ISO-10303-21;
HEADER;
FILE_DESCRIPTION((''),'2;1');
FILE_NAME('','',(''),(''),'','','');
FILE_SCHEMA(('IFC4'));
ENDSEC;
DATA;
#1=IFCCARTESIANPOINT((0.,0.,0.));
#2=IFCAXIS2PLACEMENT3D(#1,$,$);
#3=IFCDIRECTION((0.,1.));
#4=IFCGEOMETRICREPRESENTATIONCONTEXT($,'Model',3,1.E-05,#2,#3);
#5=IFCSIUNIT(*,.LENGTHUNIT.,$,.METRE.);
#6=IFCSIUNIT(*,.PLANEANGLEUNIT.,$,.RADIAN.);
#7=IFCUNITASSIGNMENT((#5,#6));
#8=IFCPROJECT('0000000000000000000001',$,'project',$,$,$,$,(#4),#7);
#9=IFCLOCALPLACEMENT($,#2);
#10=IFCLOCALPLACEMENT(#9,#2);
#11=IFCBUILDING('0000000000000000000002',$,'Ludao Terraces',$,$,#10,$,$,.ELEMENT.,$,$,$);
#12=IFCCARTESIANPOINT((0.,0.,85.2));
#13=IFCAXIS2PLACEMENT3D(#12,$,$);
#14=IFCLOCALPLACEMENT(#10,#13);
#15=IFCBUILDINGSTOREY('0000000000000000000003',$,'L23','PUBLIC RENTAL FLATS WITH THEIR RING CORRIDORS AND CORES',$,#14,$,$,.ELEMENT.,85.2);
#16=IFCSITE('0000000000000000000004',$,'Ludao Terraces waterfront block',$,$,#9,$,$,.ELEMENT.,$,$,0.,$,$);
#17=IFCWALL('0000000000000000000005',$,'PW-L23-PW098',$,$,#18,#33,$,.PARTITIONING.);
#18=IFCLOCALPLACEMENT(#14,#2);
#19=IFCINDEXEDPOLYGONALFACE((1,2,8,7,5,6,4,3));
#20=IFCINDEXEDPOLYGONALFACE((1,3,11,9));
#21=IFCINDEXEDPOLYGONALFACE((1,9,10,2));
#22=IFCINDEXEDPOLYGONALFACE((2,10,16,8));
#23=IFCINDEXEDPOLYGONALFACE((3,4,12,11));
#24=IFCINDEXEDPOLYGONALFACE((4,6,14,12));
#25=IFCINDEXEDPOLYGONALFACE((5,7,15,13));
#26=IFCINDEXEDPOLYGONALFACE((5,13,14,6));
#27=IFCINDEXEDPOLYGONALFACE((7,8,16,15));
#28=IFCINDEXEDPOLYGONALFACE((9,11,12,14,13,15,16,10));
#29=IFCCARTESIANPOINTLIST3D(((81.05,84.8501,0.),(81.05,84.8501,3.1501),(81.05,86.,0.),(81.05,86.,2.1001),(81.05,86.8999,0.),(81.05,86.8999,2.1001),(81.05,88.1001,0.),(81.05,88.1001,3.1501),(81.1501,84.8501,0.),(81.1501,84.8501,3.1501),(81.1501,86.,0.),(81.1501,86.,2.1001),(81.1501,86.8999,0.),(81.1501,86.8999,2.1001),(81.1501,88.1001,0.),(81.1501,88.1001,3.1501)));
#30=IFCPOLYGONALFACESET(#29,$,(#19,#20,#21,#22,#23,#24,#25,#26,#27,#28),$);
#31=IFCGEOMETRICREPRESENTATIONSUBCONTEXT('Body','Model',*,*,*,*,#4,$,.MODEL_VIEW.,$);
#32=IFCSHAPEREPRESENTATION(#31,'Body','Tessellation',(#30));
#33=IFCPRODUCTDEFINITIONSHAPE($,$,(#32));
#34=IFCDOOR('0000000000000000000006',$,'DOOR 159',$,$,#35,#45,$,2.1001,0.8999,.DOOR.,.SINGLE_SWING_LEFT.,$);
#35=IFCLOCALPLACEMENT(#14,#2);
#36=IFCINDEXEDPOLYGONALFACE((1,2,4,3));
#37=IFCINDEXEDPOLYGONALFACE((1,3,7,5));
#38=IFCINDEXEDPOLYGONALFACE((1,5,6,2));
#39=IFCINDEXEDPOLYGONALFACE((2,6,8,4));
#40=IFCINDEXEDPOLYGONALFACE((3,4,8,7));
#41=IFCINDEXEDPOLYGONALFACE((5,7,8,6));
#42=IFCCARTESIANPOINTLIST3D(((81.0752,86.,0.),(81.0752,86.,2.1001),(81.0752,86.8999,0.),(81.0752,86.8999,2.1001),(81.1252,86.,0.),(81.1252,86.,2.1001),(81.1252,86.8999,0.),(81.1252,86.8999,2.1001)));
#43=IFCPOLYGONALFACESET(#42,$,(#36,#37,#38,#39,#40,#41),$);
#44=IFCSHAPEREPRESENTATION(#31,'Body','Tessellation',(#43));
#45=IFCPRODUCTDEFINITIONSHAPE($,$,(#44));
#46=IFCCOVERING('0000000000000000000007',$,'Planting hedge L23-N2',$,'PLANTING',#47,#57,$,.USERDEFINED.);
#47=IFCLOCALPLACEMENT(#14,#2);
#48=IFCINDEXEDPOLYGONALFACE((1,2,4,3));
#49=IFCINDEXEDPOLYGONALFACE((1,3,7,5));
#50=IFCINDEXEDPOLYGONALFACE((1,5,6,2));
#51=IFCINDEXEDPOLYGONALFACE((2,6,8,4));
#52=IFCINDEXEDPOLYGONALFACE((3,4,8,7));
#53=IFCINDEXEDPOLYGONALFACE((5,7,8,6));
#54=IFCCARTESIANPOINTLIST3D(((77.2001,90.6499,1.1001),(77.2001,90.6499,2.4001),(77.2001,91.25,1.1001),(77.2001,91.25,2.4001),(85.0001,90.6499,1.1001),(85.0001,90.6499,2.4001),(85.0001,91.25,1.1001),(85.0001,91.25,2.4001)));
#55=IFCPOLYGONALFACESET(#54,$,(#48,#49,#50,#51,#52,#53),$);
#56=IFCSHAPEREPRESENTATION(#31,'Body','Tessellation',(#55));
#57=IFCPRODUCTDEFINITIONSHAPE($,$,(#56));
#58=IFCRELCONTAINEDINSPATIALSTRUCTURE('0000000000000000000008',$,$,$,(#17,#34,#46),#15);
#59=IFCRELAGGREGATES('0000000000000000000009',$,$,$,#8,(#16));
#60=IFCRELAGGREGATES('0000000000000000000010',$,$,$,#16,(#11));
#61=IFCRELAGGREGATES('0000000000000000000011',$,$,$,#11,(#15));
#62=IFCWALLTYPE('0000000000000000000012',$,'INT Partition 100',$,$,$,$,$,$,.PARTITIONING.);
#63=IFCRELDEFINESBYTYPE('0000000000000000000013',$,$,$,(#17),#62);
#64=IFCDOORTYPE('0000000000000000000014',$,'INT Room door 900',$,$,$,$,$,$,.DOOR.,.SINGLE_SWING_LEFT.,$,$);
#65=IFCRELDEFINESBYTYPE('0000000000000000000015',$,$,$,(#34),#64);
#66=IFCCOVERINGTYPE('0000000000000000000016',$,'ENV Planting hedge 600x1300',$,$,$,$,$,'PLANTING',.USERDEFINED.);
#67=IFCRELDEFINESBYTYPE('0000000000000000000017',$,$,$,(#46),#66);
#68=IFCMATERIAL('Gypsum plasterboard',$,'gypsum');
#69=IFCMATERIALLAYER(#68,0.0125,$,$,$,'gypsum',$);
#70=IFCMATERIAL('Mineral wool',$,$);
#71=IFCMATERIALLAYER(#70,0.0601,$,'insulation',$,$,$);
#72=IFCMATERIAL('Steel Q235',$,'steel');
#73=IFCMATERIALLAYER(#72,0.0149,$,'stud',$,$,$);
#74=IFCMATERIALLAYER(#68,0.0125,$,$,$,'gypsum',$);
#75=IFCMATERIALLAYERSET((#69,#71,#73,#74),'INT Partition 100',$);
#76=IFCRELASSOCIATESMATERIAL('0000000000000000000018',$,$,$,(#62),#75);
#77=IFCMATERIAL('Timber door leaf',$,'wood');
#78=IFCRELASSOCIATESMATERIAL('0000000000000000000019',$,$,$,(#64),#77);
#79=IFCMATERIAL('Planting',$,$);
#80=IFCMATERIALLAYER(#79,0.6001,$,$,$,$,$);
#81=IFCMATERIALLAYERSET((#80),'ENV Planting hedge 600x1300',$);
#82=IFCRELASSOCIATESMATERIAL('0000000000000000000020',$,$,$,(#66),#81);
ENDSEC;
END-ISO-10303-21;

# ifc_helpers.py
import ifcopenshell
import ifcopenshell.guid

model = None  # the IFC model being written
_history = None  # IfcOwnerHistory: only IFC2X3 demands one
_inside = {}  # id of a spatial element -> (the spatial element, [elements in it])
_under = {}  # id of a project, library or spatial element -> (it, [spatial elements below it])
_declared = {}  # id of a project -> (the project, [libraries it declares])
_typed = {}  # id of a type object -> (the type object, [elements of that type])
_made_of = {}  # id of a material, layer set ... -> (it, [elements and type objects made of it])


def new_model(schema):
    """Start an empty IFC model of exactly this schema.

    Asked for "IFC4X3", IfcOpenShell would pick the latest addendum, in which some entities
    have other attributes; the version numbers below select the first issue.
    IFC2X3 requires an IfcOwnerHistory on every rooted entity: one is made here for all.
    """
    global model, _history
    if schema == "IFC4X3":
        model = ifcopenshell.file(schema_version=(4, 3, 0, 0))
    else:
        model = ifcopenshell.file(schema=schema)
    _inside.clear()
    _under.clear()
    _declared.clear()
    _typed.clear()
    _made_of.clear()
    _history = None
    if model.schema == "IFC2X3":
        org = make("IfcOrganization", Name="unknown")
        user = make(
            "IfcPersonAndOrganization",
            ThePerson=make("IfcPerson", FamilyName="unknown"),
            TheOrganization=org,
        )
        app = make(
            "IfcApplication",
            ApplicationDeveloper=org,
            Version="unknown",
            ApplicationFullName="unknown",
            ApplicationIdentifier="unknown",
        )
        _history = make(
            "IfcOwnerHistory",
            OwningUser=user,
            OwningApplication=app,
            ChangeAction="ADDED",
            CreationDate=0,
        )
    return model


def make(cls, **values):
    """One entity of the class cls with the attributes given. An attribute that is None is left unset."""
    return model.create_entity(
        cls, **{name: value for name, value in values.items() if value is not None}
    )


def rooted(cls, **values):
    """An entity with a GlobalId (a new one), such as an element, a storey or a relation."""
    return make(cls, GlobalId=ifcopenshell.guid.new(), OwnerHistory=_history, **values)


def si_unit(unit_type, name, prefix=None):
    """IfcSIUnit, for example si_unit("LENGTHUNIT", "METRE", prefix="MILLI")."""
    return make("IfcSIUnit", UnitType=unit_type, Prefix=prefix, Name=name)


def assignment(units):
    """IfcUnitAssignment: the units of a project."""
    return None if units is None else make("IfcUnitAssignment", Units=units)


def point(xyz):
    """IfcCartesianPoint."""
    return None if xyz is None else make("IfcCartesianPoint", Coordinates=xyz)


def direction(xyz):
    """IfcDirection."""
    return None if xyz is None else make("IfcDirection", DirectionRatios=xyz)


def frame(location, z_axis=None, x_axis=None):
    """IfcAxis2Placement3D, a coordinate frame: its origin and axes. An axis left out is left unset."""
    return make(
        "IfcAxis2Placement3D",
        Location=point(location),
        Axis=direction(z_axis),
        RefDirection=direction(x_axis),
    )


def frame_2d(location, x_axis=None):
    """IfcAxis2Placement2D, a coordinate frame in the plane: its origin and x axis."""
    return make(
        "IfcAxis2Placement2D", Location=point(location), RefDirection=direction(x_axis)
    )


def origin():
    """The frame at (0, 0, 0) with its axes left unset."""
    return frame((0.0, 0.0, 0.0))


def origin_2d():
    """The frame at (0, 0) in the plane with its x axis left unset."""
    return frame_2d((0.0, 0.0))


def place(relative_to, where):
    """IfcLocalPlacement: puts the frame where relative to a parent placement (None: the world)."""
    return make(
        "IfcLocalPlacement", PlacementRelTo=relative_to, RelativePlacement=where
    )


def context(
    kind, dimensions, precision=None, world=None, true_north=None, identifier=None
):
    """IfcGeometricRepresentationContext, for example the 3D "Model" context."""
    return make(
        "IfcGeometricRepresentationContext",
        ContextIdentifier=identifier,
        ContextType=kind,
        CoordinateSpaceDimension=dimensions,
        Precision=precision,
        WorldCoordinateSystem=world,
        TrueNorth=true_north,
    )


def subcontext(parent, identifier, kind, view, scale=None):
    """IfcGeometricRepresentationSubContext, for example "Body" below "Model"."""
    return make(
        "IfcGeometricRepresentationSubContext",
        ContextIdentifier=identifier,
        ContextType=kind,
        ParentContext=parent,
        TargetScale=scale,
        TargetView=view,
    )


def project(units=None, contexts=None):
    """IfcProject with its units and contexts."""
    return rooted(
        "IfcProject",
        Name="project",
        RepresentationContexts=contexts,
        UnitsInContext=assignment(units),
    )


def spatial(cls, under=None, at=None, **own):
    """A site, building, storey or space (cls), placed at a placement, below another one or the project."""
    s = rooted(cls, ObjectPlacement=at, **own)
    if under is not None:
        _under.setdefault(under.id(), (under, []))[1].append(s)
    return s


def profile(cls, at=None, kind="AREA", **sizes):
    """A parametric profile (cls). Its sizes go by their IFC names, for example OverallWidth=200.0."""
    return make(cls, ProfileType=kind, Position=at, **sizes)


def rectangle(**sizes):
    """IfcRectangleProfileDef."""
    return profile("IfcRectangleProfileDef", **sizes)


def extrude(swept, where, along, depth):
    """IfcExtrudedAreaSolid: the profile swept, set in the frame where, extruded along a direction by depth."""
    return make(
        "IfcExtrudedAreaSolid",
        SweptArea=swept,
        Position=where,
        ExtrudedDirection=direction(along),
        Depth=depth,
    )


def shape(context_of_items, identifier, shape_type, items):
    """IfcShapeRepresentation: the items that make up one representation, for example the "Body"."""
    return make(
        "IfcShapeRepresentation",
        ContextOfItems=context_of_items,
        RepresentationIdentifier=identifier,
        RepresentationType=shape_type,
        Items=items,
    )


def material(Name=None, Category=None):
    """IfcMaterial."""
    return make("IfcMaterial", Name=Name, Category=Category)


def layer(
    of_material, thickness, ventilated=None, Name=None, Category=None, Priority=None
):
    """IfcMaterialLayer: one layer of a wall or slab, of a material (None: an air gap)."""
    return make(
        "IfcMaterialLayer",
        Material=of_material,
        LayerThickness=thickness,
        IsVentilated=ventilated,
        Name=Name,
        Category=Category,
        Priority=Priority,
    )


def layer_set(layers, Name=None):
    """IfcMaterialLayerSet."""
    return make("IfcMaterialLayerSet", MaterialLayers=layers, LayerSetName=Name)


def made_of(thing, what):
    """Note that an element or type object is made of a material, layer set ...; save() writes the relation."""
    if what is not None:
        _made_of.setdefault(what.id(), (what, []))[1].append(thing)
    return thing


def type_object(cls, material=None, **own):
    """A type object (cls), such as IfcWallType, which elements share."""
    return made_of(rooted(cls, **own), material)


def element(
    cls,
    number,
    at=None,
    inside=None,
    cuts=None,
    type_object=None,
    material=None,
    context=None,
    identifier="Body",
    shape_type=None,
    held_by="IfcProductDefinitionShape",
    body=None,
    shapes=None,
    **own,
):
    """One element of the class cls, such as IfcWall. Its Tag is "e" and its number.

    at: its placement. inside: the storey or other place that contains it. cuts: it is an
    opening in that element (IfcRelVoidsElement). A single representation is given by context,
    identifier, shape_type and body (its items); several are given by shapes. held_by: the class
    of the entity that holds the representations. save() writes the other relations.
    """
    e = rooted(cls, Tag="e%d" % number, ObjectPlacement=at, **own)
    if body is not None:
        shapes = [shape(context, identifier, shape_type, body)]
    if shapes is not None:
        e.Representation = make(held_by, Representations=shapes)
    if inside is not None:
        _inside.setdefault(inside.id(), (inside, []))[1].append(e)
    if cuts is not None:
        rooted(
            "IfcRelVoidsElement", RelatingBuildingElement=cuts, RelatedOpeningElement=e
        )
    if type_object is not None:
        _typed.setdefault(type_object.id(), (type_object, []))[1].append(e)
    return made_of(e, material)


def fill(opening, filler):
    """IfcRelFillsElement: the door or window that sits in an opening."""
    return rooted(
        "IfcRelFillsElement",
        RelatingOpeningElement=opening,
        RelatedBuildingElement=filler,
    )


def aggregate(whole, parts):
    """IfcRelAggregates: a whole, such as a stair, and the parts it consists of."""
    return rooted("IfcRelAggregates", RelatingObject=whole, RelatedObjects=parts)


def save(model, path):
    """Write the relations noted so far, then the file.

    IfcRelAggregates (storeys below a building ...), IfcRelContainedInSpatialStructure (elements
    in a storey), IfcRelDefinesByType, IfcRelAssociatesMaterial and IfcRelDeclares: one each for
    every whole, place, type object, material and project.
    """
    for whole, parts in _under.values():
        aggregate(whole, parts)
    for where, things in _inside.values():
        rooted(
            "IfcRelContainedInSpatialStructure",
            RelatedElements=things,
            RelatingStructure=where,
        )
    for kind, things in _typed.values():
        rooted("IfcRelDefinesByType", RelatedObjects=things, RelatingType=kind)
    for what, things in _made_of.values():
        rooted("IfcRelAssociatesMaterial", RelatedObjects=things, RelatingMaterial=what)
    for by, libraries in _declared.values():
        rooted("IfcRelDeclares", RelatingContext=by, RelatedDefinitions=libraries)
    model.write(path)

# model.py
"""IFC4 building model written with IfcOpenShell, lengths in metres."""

from ifc_helpers import new_model, si_unit, direction, frame, frame_2d, origin, origin_2d, place, context, subcontext, project, spatial, rectangle, extrude, material, layer, layer_set, type_object, element, fill, save


model = new_model("IFC4")

# Units and contexts
model_context = context("Model", 3, precision=1e-05, world=origin(), true_north=direction((0.0, 1.0)))
body_context = subcontext(model_context, "Body", "Model", "MODEL_VIEW")
ifc_project = project(units=[si_unit("LENGTHUNIT", "METRE"), si_unit("PLANEANGLEUNIT", "RADIAN")], contexts=[model_context])

# Site, building, storey
site_placement = place(None, origin())
site = spatial("IfcSite", under=ifc_project, at=site_placement, Name="Ludao Terraces waterfront block", CompositionType="ELEMENT", RefElevation=0.0)
building_placement = place(site_placement, origin())
building = spatial("IfcBuilding", under=site, at=building_placement, Name="Ludao Terraces", CompositionType="ELEMENT")
storey_placement = place(building_placement, frame((0.0, 0.0, 85.2)))
storey = spatial("IfcBuildingStorey", under=building, at=storey_placement, Name="L23", Description="PUBLIC RENTAL FLATS WITH THEIR RING CORRIDORS AND CORES", CompositionType="ELEMENT", Elevation=85.2)

# Shared definitions
ifc_material_1 = material(Name="Mineral wool")

# Wall, opening, door
ifc_material_2 = material(Name="Gypsum plasterboard", Category="gypsum")
ifc_layer_1 = layer(ifc_material_2, 0.0125, Category="gypsum")
ifc_layer_2 = layer(ifc_material_1, 0.0601, Name="insulation")
ifc_material_3 = material(Name="Steel Q235", Category="steel")
ifc_layer_3 = layer(ifc_material_3, 0.0149, Name="stud")
ifc_layer_4 = layer(ifc_material_2, 0.0125, Category="gypsum")
ifc_layer_set_1 = layer_set([ifc_layer_1, ifc_layer_2, ifc_layer_3, ifc_layer_4], Name="INT Partition 100")
wall_type_1 = type_object("IfcWallType", Name="INT Partition 100", PredefinedType="PARTITIONING", material=ifc_layer_set_1)
ifc_material_4 = material(Name="Timber door leaf", Category="wood")
door_type_1 = type_object("IfcDoorType", Name="INT Room door 900", OperationType="SINGLE_SWING_LEFT", PredefinedType="DOOR", material=ifc_material_4)
wall_1_placement = place(storey_placement, frame((81.1001, 84.8501, 0.0), z_axis=(0.0, 0.0, 1.0), x_axis=(0.0, 1.0, 0.0)))
wall_1 = element("IfcWall", 1, at=wall_1_placement, inside=storey, type_object=wall_type_1, Name="PW-L23-PW098", PredefinedType="PARTITIONING", context=body_context, shape_type="SweptSolid", body=[
    extrude(rectangle(XDim=3.25, YDim=0.1001, at=frame_2d((1.625, 0.0))), origin(), (0.0, 0.0, 1.0), 3.1501),
])
opening_1_placement = place(wall_1_placement, frame((1.1499, 0.0, 0.0)))
opening_1 = element("IfcOpeningElement", 2, at=opening_1_placement, cuts=wall_1, PredefinedType="OPENING", context=body_context, shape_type="SweptSolid", body=[
    extrude(rectangle(XDim=0.8999, YDim=2.1001, at=frame_2d((0.45, 1.05))), frame((0.0, 0.0601, 0.0), z_axis=(0.0, -1.0, 0.0), x_axis=(1.0, 0.0, 0.0)), (0.0, 0.0, 1.0), 0.1201),
])
door_1_placement = place(opening_1_placement, origin())
door_1 = element("IfcDoor", 3, at=door_1_placement, inside=storey, type_object=door_type_1, Name="DOOR 159", OperationType="SINGLE_SWING_LEFT", OverallHeight=2.1001, OverallWidth=0.8999, PredefinedType="DOOR", context=body_context, shape_type="SweptSolid", body=[
    extrude(rectangle(XDim=0.8999, YDim=2.1001, at=frame_2d((0.45, 1.05))), frame((0.0, 0.0249, 0.0), z_axis=(0.0, -1.0, 0.0), x_axis=(1.0, 0.0, 0.0)), (0.0, 0.0, 1.0), 0.05),
])
fill(opening_1, door_1)

# Covering
ifc_material_5 = material(Name="Planting")
ifc_layer_5 = layer(ifc_material_5, 0.6001)
ifc_layer_set_2 = layer_set([ifc_layer_5], Name="ENV Planting hedge 600x1300")
covering_type = type_object("IfcCoveringType", Name="ENV Planting hedge 600x1300", ElementType="PLANTING", PredefinedType="USERDEFINED", material=ifc_layer_set_2)
covering_placement = place(storey_placement, frame((81.1001, 90.95, 1.1001), z_axis=(0.0, 0.0, 1.0), x_axis=(1.0, 0.0, 0.0)))
element("IfcCovering", 4, at=covering_placement, inside=storey, type_object=covering_type, Name="Planting hedge L23-N2", ObjectType="PLANTING", PredefinedType="USERDEFINED", context=body_context, shape_type="SweptSolid", body=[
    extrude(rectangle(XDim=7.8, YDim=0.6001, at=origin_2d()), origin(), (0.0, 0.0, 1.0), 1.3),
])

save(model, "model.ifc")
